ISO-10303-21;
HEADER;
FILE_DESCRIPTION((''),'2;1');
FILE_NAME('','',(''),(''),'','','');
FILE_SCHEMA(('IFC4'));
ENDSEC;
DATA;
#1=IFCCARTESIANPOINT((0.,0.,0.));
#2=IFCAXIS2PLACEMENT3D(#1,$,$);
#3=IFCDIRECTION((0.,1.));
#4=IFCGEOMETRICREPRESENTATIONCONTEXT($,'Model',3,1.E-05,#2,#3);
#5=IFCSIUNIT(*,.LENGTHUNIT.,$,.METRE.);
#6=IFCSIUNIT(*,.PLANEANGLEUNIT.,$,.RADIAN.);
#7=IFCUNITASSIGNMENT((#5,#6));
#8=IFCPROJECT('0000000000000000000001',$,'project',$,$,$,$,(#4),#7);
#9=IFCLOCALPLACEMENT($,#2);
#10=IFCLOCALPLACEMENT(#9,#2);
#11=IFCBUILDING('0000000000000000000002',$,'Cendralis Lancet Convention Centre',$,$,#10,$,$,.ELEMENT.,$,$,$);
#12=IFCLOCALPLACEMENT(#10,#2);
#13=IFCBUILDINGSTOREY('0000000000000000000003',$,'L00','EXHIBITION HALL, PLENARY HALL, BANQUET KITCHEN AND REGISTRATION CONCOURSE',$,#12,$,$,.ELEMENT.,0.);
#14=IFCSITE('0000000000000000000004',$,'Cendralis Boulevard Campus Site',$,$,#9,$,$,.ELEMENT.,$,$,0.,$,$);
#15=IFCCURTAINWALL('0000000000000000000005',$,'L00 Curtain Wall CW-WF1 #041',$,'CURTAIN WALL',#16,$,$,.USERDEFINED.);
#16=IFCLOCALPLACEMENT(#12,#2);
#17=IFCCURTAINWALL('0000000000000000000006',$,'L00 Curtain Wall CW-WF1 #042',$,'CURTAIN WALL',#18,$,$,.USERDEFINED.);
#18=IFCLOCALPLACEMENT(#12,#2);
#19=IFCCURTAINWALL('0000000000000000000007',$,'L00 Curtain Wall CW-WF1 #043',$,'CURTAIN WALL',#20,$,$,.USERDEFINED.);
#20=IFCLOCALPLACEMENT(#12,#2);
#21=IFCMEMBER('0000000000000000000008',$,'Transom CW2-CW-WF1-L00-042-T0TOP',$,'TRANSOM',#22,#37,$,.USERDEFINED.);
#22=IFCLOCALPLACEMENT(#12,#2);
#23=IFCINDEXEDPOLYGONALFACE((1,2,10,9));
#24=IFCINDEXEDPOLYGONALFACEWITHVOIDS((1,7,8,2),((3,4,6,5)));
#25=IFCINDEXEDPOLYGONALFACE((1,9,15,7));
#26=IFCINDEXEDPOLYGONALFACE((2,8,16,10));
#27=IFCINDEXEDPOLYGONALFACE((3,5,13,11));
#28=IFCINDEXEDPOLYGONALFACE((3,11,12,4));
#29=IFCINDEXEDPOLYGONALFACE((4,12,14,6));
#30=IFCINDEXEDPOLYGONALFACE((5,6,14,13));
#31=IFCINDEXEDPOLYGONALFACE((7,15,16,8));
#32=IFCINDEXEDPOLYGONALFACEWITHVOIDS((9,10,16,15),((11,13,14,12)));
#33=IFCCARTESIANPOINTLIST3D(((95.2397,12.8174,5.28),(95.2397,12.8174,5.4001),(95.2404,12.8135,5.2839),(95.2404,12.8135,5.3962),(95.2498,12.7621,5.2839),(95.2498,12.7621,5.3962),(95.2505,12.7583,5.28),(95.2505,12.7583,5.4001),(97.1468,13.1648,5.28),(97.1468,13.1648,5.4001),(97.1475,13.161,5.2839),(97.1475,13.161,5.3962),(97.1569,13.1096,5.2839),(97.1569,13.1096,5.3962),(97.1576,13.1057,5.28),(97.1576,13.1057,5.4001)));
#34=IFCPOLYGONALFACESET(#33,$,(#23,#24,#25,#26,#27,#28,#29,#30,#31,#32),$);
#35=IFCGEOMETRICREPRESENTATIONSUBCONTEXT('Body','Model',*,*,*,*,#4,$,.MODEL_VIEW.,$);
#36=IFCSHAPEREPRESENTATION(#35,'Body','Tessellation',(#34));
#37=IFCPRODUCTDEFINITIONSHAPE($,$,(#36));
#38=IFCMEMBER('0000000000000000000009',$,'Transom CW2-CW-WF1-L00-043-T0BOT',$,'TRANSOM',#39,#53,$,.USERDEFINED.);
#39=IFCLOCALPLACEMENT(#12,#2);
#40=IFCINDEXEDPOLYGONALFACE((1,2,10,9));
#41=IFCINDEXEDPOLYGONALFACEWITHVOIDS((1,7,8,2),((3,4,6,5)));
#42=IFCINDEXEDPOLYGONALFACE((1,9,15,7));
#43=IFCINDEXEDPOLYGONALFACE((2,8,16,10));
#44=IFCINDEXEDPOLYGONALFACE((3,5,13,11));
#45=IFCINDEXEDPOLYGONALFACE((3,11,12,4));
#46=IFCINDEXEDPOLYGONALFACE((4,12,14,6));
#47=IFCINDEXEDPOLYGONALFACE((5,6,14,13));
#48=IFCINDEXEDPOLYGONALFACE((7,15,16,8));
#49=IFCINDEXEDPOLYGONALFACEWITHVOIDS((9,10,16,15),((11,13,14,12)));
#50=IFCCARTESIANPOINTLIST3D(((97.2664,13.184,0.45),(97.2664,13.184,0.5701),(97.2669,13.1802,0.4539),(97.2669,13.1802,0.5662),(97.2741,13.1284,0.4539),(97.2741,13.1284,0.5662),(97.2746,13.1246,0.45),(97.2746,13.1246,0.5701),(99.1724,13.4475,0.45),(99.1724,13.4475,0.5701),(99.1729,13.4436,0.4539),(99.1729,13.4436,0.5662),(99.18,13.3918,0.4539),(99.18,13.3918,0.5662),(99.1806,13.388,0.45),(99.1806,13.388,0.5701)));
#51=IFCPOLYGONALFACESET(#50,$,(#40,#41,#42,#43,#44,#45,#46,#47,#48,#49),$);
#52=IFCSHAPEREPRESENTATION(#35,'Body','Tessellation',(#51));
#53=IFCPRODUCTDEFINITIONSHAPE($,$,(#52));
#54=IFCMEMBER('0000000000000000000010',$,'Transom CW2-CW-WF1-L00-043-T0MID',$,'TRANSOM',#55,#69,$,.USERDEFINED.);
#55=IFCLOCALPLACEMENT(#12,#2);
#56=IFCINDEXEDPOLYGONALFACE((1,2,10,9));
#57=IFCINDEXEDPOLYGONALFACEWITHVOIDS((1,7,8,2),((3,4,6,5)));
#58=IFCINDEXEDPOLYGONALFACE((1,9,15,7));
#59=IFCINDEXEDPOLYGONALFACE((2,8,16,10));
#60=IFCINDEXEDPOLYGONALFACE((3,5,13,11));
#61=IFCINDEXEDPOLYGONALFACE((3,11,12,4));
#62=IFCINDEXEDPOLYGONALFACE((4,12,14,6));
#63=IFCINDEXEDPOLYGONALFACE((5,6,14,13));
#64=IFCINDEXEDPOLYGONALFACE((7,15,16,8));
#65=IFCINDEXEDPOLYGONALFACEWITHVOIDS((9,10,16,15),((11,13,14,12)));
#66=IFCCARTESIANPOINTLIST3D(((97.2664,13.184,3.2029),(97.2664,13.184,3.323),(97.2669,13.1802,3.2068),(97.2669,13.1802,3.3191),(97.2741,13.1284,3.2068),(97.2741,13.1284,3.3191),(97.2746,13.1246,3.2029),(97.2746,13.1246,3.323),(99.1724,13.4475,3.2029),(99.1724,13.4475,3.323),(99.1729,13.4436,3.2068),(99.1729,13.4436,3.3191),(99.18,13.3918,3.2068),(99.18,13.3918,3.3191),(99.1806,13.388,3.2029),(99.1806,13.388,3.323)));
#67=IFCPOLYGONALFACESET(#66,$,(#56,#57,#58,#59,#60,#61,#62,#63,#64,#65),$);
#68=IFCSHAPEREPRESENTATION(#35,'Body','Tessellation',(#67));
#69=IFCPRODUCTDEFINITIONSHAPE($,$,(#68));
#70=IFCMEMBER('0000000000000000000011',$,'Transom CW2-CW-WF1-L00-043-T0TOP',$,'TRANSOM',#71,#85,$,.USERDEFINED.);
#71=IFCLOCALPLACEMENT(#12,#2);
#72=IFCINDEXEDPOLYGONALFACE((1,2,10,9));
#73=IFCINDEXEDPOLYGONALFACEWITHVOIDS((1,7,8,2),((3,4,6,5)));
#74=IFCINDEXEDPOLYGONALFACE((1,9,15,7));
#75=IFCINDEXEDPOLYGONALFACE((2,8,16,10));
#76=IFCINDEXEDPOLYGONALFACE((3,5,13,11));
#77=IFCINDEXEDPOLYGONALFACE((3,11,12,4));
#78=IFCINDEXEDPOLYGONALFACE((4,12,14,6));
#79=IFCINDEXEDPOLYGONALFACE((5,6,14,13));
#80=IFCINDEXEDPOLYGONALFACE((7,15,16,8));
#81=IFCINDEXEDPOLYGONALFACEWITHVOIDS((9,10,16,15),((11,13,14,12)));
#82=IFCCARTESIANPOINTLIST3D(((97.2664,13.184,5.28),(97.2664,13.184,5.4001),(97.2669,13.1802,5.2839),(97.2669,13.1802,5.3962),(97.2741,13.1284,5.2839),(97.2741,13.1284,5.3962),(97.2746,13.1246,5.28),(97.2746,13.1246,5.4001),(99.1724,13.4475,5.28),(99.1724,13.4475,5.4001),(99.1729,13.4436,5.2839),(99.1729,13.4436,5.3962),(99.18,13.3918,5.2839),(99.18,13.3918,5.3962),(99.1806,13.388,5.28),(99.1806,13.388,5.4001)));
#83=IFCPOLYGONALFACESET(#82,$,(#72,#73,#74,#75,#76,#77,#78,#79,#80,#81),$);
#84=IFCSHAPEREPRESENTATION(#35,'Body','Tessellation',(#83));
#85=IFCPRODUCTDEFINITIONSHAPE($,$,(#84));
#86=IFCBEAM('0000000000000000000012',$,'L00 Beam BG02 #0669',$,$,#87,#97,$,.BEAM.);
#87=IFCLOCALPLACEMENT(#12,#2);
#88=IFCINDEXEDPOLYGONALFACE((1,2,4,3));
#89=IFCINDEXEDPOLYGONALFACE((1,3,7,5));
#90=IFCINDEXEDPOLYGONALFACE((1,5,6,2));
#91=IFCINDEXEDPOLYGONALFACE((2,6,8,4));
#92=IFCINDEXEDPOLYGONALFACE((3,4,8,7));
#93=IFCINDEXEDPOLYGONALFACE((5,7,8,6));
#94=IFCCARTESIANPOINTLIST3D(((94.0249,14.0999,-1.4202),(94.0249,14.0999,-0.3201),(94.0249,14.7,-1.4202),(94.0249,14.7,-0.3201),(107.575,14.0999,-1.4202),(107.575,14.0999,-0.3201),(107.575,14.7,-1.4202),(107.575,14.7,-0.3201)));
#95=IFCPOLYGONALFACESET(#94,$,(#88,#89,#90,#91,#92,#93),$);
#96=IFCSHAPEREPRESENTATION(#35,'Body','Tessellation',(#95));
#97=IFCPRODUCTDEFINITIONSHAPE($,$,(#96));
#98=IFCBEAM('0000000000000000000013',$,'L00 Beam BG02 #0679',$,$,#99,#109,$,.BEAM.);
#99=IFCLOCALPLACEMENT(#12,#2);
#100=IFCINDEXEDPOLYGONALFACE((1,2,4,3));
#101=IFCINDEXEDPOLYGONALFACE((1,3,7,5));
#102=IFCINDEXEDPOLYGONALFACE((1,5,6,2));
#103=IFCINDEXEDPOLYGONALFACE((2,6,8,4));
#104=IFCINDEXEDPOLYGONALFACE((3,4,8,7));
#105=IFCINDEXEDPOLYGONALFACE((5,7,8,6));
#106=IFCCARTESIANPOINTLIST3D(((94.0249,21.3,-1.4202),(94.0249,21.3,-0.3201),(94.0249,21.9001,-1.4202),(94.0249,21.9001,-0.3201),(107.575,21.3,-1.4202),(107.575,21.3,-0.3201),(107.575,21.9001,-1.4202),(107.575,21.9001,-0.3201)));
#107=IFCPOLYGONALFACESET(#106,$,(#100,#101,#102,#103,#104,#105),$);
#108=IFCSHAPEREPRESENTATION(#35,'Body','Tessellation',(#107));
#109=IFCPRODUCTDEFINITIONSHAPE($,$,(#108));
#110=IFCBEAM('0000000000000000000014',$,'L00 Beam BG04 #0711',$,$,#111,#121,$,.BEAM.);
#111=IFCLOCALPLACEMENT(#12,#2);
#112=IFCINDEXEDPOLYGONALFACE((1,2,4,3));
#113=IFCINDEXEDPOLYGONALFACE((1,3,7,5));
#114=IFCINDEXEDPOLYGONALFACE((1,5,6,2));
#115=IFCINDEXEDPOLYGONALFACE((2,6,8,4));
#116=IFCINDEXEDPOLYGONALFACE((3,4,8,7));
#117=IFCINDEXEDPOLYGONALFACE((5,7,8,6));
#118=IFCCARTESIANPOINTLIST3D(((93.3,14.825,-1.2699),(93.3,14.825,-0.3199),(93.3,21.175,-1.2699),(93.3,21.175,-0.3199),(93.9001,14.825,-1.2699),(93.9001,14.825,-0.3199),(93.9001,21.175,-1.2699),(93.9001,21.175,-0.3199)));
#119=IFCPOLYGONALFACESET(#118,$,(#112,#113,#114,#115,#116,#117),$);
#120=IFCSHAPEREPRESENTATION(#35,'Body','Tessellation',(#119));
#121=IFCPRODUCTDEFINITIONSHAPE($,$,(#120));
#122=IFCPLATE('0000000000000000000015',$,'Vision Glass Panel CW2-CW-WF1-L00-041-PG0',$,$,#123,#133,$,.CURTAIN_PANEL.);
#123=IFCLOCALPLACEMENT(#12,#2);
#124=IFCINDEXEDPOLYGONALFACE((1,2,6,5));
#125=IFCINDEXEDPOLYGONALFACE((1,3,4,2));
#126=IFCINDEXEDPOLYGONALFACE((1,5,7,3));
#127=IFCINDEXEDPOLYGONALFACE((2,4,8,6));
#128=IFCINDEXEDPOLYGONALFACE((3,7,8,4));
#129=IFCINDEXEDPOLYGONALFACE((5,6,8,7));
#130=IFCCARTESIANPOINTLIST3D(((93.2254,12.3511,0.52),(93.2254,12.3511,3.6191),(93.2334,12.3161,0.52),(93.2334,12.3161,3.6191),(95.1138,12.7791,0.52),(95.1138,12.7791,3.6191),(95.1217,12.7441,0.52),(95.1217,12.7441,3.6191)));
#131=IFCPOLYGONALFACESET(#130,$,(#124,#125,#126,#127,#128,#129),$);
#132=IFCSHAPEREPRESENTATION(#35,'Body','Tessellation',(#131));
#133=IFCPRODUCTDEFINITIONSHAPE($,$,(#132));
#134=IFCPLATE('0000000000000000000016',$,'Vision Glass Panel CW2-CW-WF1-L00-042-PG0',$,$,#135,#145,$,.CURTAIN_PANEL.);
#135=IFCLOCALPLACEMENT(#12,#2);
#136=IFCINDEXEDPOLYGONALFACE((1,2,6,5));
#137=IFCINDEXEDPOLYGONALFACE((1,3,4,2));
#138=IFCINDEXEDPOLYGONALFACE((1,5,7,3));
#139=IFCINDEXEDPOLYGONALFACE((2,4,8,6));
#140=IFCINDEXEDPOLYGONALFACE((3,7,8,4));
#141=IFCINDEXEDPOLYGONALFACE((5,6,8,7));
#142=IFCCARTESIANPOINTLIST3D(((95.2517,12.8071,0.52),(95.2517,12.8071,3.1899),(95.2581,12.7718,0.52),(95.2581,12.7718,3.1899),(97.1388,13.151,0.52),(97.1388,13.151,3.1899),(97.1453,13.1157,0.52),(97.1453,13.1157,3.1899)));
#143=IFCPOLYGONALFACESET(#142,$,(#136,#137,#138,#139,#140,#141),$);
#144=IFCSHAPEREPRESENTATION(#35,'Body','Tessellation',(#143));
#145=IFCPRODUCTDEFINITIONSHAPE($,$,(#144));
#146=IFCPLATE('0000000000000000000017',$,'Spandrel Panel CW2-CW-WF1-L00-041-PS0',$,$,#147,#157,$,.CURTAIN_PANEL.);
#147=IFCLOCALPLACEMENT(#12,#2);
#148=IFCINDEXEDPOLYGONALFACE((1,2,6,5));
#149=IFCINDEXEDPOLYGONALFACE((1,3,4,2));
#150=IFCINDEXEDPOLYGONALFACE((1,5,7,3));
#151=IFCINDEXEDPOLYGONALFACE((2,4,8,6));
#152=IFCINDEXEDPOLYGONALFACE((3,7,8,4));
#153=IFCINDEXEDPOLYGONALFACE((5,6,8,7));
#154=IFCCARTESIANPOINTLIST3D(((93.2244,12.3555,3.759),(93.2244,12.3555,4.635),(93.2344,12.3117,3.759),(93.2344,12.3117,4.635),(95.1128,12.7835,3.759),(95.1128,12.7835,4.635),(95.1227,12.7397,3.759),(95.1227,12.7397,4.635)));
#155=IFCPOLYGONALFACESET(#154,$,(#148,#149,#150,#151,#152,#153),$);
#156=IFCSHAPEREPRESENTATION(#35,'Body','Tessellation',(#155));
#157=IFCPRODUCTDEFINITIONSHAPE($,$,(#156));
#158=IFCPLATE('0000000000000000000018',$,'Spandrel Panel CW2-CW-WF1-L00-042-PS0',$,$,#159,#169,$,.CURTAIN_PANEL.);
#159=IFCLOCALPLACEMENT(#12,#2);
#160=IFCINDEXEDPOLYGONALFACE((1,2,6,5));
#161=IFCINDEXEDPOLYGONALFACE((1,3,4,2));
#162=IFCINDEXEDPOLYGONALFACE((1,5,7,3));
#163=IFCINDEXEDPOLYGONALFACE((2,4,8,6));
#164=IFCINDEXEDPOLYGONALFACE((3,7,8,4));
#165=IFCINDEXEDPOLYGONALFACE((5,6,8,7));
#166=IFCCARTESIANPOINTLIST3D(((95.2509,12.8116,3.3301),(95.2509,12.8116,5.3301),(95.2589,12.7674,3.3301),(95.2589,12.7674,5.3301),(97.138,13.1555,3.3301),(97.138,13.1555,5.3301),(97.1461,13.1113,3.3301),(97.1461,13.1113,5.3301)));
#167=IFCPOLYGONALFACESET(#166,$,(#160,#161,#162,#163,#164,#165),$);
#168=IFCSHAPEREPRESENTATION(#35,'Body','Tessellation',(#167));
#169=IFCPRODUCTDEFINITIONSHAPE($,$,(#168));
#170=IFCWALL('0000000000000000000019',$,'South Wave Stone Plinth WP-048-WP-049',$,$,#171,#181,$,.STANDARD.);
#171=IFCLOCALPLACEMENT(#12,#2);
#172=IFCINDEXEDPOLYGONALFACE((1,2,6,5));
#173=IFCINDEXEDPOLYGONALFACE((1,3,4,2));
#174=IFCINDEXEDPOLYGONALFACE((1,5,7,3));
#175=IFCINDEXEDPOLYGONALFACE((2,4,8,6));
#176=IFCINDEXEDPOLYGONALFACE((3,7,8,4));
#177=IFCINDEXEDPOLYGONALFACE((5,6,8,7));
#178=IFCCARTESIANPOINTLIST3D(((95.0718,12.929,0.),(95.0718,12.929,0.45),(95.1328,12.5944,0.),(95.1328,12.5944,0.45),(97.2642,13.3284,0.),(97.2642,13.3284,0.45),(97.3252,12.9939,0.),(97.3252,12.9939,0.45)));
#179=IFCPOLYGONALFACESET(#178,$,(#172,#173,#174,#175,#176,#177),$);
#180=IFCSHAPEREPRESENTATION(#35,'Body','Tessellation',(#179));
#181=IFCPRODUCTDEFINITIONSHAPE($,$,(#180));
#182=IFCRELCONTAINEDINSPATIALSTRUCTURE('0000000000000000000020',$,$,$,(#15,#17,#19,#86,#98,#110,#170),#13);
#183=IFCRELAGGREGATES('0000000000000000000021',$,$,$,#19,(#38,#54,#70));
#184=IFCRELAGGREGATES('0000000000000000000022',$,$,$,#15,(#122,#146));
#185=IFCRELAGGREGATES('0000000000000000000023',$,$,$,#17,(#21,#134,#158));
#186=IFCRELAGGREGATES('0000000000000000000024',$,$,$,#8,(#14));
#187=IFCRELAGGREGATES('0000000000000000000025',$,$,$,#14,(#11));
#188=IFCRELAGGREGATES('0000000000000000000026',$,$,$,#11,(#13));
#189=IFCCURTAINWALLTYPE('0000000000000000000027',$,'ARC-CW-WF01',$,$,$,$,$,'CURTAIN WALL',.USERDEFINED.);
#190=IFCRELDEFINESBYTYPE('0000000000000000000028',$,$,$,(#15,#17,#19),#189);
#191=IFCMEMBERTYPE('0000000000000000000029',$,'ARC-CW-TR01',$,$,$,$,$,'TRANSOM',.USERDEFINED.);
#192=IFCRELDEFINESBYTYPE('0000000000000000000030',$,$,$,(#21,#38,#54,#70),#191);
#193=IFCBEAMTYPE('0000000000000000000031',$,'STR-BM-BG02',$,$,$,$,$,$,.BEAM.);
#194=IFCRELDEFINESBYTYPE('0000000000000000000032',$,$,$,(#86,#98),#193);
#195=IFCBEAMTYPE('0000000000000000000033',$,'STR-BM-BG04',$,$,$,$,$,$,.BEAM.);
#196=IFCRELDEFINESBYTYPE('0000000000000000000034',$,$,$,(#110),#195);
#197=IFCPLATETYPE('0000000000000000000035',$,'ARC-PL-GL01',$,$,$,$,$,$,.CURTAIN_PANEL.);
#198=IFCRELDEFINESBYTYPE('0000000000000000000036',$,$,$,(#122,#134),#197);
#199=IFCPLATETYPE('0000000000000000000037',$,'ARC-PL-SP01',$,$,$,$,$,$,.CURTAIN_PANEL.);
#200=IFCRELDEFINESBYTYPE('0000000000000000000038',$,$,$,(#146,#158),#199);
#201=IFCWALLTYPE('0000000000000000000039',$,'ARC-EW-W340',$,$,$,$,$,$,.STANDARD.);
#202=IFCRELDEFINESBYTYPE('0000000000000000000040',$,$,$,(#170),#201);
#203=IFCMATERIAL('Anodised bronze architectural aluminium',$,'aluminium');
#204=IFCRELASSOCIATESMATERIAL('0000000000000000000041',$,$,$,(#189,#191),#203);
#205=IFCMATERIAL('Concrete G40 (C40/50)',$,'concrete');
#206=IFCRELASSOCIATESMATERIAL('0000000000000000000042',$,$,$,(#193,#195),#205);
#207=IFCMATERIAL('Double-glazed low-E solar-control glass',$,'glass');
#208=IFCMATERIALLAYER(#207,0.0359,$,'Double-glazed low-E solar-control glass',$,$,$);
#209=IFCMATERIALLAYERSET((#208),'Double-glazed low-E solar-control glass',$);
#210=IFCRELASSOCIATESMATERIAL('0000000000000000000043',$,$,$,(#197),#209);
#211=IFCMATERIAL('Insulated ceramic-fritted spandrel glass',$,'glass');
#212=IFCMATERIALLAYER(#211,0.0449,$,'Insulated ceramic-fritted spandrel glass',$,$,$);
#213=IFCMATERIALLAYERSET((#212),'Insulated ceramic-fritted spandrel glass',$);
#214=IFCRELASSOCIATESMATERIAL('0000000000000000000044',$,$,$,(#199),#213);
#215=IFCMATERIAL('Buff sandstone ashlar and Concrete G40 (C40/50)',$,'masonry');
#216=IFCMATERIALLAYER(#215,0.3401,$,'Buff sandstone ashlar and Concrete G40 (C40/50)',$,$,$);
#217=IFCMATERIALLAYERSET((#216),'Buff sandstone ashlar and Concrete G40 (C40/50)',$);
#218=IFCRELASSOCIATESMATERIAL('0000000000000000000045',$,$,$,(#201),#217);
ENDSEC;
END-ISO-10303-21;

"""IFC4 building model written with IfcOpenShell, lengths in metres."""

from ifc_helpers import new_model, si_unit, direction, frame, frame_2d, origin, origin_2d, place, context, subcontext, project, spatial, rectangle, hollow_rectangle, extrude, material, layer, layer_set, material_profile, profile_set, type_object, element, aggregate, save


model = new_model("IFC4")

# Units and contexts
model_context = context("Model", 3, precision=1e-05, world=origin(), true_north=direction((0.0, 1.0)))
body_context = subcontext(model_context, "Body", "Model", "MODEL_VIEW")
ifc_project = project(units=[si_unit("LENGTHUNIT", "METRE"), si_unit("PLANEANGLEUNIT", "RADIAN")], contexts=[model_context])

# Site, building, storey
site_placement = place(None, origin())
site = spatial("IfcSite", under=ifc_project, at=site_placement, Name="Cendralis Boulevard Campus Site", CompositionType="ELEMENT", RefElevation=0.0)
building_placement = place(site_placement, origin())
building = spatial("IfcBuilding", under=site, at=building_placement, Name="Cendralis Lancet Convention Centre", CompositionType="ELEMENT")
storey_placement = place(building_placement, origin())
storey = spatial("IfcBuildingStorey", under=building, at=storey_placement, Name="L00", Description="EXHIBITION HALL, PLENARY HALL, BANQUET KITCHEN AND REGISTRATION CONCOURSE", CompositionType="ELEMENT", Elevation=0.0)

# Shared definitions
ifc_material_1 = material(Name="Concrete G40 (C40/50)", Category="concrete")

# Curtain wall
ifc_material_2 = material(Name="Anodised bronze architectural aluminium", Category="aluminium")
curtain_wall_type = type_object("IfcCurtainWallType", Name="ARC-CW-WF01", ElementType="CURTAIN WALL", PredefinedType="USERDEFINED", material=ifc_material_2)
curtain_wall_1_placement = place(storey_placement, origin())
curtain_wall_1 = element("IfcCurtainWall", 1, at=curtain_wall_1_placement, inside=storey, type_object=curtain_wall_type, Name="L00 Curtain Wall CW-WF1 #041", ObjectType="CURTAIN WALL", PredefinedType="USERDEFINED")

# Curtain wall
curtain_wall_2_placement = place(storey_placement, origin())
curtain_wall_2 = element("IfcCurtainWall", 2, at=curtain_wall_2_placement, inside=storey, type_object=curtain_wall_type, Name="L00 Curtain Wall CW-WF1 #042", ObjectType="CURTAIN WALL", PredefinedType="USERDEFINED")

# Curtain wall
curtain_wall_3_placement = place(storey_placement, origin())
curtain_wall_3 = element("IfcCurtainWall", 3, at=curtain_wall_3_placement, inside=storey, type_object=curtain_wall_type, Name="L00 Curtain Wall CW-WF1 #043", ObjectType="CURTAIN WALL", PredefinedType="USERDEFINED")

# Members
ifc_material_profile_1 = material_profile(ifc_material_2, hollow_rectangle(XDim=0.0601, YDim=0.1201, WallThickness=0.0039, at=origin_2d()), Name="AL-TRAN 60x120x4.0")
ifc_profile_set_1 = profile_set([ifc_material_profile_1], Name="Anodised bronze architectural aluminium")
member_type_1 = type_object("IfcMemberType", Name="ARC-CW-TR01", ElementType="TRANSOM", PredefinedType="USERDEFINED", material=ifc_profile_set_1)
member_1_placement = place(storey_placement, frame((95.2451, 12.7878, 5.3401), z_axis=(0.983807, 0.179229, 0.0), x_axis=(-0.179229, 0.983807, 0.0)))
member_1 = element("IfcMember", 4, at=member_1_placement, type_object=member_type_1, Name="Transom CW2-CW-WF1-L00-042-T0TOP", ObjectType="TRANSOM", PredefinedType="USERDEFINED", context=body_context, shape_type="SweptSolid", body=[
    extrude(hollow_rectangle(XDim=0.0601, YDim=0.1201, WallThickness=0.0039, at=origin_2d()), origin(), (0.0, 0.0, 1.0), 1.9385),
])
member_2_placement = place(storey_placement, frame((97.2705, 13.1543, 0.51), z_axis=(0.990584, 0.136908, 0.0), x_axis=(-0.136908, 0.990584, 0.0)))
member_2 = element("IfcMember", 5, at=member_2_placement, type_object=member_type_1, Name="Transom CW2-CW-WF1-L00-043-T0BOT", ObjectType="TRANSOM", PredefinedType="USERDEFINED", context=body_context, shape_type="SweptSolid", body=[
    extrude(hollow_rectangle(XDim=0.0601, YDim=0.1201, WallThickness=0.0039, at=origin_2d()), origin(), (0.0, 0.0, 1.0), 1.9241),
])
member_3_placement = place(storey_placement, frame((97.2705, 13.1543, 3.2629), z_axis=(0.990584, 0.136908, 0.0), x_axis=(-0.136908, 0.990584, 0.0)))
member_3 = element("IfcMember", 6, at=member_3_placement, type_object=member_type_1, Name="Transom CW2-CW-WF1-L00-043-T0MID", ObjectType="TRANSOM", PredefinedType="USERDEFINED", context=body_context, shape_type="SweptSolid", body=[
    extrude(hollow_rectangle(XDim=0.0601, YDim=0.1201, WallThickness=0.0039, at=origin_2d()), origin(), (0.0, 0.0, 1.0), 1.9241),
])
member_4_placement = place(storey_placement, frame((97.2705, 13.1543, 5.3401), z_axis=(0.990584, 0.136908, 0.0), x_axis=(-0.136908, 0.990584, 0.0)))
member_4 = element("IfcMember", 7, at=member_4_placement, type_object=member_type_1, Name="Transom CW2-CW-WF1-L00-043-T0TOP", ObjectType="TRANSOM", PredefinedType="USERDEFINED", context=body_context, shape_type="SweptSolid", body=[
    extrude(hollow_rectangle(XDim=0.0601, YDim=0.1201, WallThickness=0.0039, at=origin_2d()), origin(), (0.0, 0.0, 1.0), 1.9241),
])
aggregate(curtain_wall_3, [member_2, member_3, member_4])

# Beams
ifc_material_profile_2 = material_profile(ifc_material_1, rectangle(XDim=0.6001, YDim=1.1001, at=origin_2d()), Name="RCB 600x1100")
ifc_profile_set_2 = profile_set([ifc_material_profile_2], Name="Concrete G40 (C40/50)")
beam_type_1 = type_object("IfcBeamType", Name="STR-BM-BG02", PredefinedType="BEAM", material=ifc_profile_set_2)
for number, where, z_axis, x_axis, name in (
    (8, (94.0249, 14.3999, -0.8701), (1.0, 0.0, 0.0), (0.0, 1.0, 0.0), "L00 Beam BG02 #0669"),
    (9, (94.0249, 21.6001, -0.8701), (1.0, 0.0, 0.0), (0.0, 1.0, 0.0), "L00 Beam BG02 #0679"),
):
    element("IfcBeam", number, at=place(storey_placement, frame(where, z_axis=z_axis, x_axis=x_axis)), inside=storey, type_object=beam_type_1, Name=name, PredefinedType="BEAM", context=body_context, shape_type="SweptSolid", body=[
        extrude(rectangle(XDim=0.6001, YDim=1.1001, at=origin_2d()), origin(), (0.0, 0.0, 1.0), 13.55),
    ])
ifc_material_profile_3 = material_profile(ifc_material_1, rectangle(XDim=0.6001, YDim=0.95, at=origin_2d()), Name="RCB 600x950")
ifc_profile_set_3 = profile_set([ifc_material_profile_3], Name="Concrete G40 (C40/50)")
beam_type_2 = type_object("IfcBeamType", Name="STR-BM-BG04", PredefinedType="BEAM", material=ifc_profile_set_3)
beam_placement = place(storey_placement, frame((93.6001, 14.825, -0.7949), z_axis=(0.0, 1.0, 0.0), x_axis=(-1.0, 0.0, 0.0)))
element("IfcBeam", 10, at=beam_placement, inside=storey, type_object=beam_type_2, Name="L00 Beam BG04 #0711", PredefinedType="BEAM", context=body_context, shape_type="SweptSolid", body=[
    extrude(rectangle(XDim=0.6001, YDim=0.95, at=origin_2d()), origin(), (0.0, 0.0, 1.0), 6.3501),
])

# Plates
ifc_material_3 = material(Name="Double-glazed low-E solar-control glass", Category="glass")
ifc_layer_1 = layer(ifc_material_3, 0.0359, Name="Double-glazed low-E solar-control glass")
ifc_layer_set_1 = layer_set([ifc_layer_1], Name="Double-glazed low-E solar-control glass")
plate_type_1 = type_object("IfcPlateType", Name="ARC-PL-GL01", PredefinedType="CURTAIN_PANEL", material=ifc_layer_set_1)
plate_1_placement = place(storey_placement, frame((94.1736, 12.5476, 0.52), z_axis=(0.0, 0.0, 1.0), x_axis=(0.97526, 0.221059, 0.0)))
plate_1 = element("IfcPlate", 11, at=plate_1_placement, type_object=plate_type_1, Name="Vision Glass Panel CW2-CW-WF1-L00-041-PG0", PredefinedType="CURTAIN_PANEL", context=body_context, shape_type="SweptSolid", body=[
    extrude(rectangle(XDim=1.9363, YDim=0.0359, at=origin_2d()), origin(), (0.0, 0.0, 1.0), 3.0991),
])
plate_2_placement = place(storey_placement, frame((96.1985, 12.9614, 0.52), z_axis=(0.0, 0.0, 1.0), x_axis=(0.9838, 0.17927, 0.0)))
plate_2 = element("IfcPlate", 12, at=plate_2_placement, type_object=plate_type_1, Name="Vision Glass Panel CW2-CW-WF1-L00-042-PG0", PredefinedType="CURTAIN_PANEL", context=body_context, shape_type="SweptSolid", body=[
    extrude(rectangle(XDim=1.9182, YDim=0.0359, at=origin_2d()), origin(), (0.0, 0.0, 1.0), 2.6699),
])
ifc_material_4 = material(Name="Insulated ceramic-fritted spandrel glass", Category="glass")
ifc_layer_2 = layer(ifc_material_4, 0.0449, Name="Insulated ceramic-fritted spandrel glass")
ifc_layer_set_2 = layer_set([ifc_layer_2], Name="Insulated ceramic-fritted spandrel glass")
plate_type_2 = type_object("IfcPlateType", Name="ARC-PL-SP01", PredefinedType="CURTAIN_PANEL", material=ifc_layer_set_2)
plate_3_placement = place(storey_placement, frame((94.1736, 12.5476, 3.759), z_axis=(0.0, 0.0, 1.0), x_axis=(0.97526, 0.221059, 0.0)))
plate_3 = element("IfcPlate", 13, at=plate_3_placement, type_object=plate_type_2, Name="Spandrel Panel CW2-CW-WF1-L00-041-PS0", PredefinedType="CURTAIN_PANEL", context=body_context, shape_type="SweptSolid", body=[
    extrude(rectangle(XDim=1.9363, YDim=0.0449, at=origin_2d()), origin(), (0.0, 0.0, 1.0), 0.876),
])
aggregate(curtain_wall_1, [plate_1, plate_3])
plate_4_placement = place(storey_placement, frame((96.1985, 12.9614, 3.3301), z_axis=(0.0, 0.0, 1.0), x_axis=(0.9838, 0.17927, 0.0)))
plate_4 = element("IfcPlate", 14, at=plate_4_placement, type_object=plate_type_2, Name="Spandrel Panel CW2-CW-WF1-L00-042-PS0", PredefinedType="CURTAIN_PANEL", context=body_context, shape_type="SweptSolid", body=[
    extrude(rectangle(XDim=1.9182, YDim=0.0449, at=origin_2d()), origin(), (0.0, 0.0, 1.0), 2.0),
])
aggregate(curtain_wall_2, [member_1, plate_2, plate_4])

# Wall
ifc_material_5 = material(Name="Buff sandstone ashlar and Concrete G40 (C40/50)", Category="masonry")
ifc_layer_3 = layer(ifc_material_5, 0.3401, Name="Buff sandstone ashlar and Concrete G40 (C40/50)")
ifc_layer_set_3 = layer_set([ifc_layer_3], Name="Buff sandstone ashlar and Concrete G40 (C40/50)")
wall_type_1 = type_object("IfcWallType", Name="ARC-EW-W340", PredefinedType="STANDARD", material=ifc_layer_set_3)
wall_1_placement = place(storey_placement, frame((95.1023, 12.7617, 0.0), z_axis=(0.0, 0.0, 1.0), x_axis=(0.983807, 0.179232, 0.0)))
element("IfcWall", 15, at=wall_1_placement, inside=storey, type_object=wall_type_1, Name="South Wave Stone Plinth WP-048-WP-049", PredefinedType="STANDARD", context=body_context, shape_type="SweptSolid", body=[
    extrude(rectangle(XDim=2.2285, YDim=0.3401, at=frame_2d((1.1143, 0.0))), origin(), (0.0, 0.0, 1.0), 0.45),
])

save(model, "model.ifc")
